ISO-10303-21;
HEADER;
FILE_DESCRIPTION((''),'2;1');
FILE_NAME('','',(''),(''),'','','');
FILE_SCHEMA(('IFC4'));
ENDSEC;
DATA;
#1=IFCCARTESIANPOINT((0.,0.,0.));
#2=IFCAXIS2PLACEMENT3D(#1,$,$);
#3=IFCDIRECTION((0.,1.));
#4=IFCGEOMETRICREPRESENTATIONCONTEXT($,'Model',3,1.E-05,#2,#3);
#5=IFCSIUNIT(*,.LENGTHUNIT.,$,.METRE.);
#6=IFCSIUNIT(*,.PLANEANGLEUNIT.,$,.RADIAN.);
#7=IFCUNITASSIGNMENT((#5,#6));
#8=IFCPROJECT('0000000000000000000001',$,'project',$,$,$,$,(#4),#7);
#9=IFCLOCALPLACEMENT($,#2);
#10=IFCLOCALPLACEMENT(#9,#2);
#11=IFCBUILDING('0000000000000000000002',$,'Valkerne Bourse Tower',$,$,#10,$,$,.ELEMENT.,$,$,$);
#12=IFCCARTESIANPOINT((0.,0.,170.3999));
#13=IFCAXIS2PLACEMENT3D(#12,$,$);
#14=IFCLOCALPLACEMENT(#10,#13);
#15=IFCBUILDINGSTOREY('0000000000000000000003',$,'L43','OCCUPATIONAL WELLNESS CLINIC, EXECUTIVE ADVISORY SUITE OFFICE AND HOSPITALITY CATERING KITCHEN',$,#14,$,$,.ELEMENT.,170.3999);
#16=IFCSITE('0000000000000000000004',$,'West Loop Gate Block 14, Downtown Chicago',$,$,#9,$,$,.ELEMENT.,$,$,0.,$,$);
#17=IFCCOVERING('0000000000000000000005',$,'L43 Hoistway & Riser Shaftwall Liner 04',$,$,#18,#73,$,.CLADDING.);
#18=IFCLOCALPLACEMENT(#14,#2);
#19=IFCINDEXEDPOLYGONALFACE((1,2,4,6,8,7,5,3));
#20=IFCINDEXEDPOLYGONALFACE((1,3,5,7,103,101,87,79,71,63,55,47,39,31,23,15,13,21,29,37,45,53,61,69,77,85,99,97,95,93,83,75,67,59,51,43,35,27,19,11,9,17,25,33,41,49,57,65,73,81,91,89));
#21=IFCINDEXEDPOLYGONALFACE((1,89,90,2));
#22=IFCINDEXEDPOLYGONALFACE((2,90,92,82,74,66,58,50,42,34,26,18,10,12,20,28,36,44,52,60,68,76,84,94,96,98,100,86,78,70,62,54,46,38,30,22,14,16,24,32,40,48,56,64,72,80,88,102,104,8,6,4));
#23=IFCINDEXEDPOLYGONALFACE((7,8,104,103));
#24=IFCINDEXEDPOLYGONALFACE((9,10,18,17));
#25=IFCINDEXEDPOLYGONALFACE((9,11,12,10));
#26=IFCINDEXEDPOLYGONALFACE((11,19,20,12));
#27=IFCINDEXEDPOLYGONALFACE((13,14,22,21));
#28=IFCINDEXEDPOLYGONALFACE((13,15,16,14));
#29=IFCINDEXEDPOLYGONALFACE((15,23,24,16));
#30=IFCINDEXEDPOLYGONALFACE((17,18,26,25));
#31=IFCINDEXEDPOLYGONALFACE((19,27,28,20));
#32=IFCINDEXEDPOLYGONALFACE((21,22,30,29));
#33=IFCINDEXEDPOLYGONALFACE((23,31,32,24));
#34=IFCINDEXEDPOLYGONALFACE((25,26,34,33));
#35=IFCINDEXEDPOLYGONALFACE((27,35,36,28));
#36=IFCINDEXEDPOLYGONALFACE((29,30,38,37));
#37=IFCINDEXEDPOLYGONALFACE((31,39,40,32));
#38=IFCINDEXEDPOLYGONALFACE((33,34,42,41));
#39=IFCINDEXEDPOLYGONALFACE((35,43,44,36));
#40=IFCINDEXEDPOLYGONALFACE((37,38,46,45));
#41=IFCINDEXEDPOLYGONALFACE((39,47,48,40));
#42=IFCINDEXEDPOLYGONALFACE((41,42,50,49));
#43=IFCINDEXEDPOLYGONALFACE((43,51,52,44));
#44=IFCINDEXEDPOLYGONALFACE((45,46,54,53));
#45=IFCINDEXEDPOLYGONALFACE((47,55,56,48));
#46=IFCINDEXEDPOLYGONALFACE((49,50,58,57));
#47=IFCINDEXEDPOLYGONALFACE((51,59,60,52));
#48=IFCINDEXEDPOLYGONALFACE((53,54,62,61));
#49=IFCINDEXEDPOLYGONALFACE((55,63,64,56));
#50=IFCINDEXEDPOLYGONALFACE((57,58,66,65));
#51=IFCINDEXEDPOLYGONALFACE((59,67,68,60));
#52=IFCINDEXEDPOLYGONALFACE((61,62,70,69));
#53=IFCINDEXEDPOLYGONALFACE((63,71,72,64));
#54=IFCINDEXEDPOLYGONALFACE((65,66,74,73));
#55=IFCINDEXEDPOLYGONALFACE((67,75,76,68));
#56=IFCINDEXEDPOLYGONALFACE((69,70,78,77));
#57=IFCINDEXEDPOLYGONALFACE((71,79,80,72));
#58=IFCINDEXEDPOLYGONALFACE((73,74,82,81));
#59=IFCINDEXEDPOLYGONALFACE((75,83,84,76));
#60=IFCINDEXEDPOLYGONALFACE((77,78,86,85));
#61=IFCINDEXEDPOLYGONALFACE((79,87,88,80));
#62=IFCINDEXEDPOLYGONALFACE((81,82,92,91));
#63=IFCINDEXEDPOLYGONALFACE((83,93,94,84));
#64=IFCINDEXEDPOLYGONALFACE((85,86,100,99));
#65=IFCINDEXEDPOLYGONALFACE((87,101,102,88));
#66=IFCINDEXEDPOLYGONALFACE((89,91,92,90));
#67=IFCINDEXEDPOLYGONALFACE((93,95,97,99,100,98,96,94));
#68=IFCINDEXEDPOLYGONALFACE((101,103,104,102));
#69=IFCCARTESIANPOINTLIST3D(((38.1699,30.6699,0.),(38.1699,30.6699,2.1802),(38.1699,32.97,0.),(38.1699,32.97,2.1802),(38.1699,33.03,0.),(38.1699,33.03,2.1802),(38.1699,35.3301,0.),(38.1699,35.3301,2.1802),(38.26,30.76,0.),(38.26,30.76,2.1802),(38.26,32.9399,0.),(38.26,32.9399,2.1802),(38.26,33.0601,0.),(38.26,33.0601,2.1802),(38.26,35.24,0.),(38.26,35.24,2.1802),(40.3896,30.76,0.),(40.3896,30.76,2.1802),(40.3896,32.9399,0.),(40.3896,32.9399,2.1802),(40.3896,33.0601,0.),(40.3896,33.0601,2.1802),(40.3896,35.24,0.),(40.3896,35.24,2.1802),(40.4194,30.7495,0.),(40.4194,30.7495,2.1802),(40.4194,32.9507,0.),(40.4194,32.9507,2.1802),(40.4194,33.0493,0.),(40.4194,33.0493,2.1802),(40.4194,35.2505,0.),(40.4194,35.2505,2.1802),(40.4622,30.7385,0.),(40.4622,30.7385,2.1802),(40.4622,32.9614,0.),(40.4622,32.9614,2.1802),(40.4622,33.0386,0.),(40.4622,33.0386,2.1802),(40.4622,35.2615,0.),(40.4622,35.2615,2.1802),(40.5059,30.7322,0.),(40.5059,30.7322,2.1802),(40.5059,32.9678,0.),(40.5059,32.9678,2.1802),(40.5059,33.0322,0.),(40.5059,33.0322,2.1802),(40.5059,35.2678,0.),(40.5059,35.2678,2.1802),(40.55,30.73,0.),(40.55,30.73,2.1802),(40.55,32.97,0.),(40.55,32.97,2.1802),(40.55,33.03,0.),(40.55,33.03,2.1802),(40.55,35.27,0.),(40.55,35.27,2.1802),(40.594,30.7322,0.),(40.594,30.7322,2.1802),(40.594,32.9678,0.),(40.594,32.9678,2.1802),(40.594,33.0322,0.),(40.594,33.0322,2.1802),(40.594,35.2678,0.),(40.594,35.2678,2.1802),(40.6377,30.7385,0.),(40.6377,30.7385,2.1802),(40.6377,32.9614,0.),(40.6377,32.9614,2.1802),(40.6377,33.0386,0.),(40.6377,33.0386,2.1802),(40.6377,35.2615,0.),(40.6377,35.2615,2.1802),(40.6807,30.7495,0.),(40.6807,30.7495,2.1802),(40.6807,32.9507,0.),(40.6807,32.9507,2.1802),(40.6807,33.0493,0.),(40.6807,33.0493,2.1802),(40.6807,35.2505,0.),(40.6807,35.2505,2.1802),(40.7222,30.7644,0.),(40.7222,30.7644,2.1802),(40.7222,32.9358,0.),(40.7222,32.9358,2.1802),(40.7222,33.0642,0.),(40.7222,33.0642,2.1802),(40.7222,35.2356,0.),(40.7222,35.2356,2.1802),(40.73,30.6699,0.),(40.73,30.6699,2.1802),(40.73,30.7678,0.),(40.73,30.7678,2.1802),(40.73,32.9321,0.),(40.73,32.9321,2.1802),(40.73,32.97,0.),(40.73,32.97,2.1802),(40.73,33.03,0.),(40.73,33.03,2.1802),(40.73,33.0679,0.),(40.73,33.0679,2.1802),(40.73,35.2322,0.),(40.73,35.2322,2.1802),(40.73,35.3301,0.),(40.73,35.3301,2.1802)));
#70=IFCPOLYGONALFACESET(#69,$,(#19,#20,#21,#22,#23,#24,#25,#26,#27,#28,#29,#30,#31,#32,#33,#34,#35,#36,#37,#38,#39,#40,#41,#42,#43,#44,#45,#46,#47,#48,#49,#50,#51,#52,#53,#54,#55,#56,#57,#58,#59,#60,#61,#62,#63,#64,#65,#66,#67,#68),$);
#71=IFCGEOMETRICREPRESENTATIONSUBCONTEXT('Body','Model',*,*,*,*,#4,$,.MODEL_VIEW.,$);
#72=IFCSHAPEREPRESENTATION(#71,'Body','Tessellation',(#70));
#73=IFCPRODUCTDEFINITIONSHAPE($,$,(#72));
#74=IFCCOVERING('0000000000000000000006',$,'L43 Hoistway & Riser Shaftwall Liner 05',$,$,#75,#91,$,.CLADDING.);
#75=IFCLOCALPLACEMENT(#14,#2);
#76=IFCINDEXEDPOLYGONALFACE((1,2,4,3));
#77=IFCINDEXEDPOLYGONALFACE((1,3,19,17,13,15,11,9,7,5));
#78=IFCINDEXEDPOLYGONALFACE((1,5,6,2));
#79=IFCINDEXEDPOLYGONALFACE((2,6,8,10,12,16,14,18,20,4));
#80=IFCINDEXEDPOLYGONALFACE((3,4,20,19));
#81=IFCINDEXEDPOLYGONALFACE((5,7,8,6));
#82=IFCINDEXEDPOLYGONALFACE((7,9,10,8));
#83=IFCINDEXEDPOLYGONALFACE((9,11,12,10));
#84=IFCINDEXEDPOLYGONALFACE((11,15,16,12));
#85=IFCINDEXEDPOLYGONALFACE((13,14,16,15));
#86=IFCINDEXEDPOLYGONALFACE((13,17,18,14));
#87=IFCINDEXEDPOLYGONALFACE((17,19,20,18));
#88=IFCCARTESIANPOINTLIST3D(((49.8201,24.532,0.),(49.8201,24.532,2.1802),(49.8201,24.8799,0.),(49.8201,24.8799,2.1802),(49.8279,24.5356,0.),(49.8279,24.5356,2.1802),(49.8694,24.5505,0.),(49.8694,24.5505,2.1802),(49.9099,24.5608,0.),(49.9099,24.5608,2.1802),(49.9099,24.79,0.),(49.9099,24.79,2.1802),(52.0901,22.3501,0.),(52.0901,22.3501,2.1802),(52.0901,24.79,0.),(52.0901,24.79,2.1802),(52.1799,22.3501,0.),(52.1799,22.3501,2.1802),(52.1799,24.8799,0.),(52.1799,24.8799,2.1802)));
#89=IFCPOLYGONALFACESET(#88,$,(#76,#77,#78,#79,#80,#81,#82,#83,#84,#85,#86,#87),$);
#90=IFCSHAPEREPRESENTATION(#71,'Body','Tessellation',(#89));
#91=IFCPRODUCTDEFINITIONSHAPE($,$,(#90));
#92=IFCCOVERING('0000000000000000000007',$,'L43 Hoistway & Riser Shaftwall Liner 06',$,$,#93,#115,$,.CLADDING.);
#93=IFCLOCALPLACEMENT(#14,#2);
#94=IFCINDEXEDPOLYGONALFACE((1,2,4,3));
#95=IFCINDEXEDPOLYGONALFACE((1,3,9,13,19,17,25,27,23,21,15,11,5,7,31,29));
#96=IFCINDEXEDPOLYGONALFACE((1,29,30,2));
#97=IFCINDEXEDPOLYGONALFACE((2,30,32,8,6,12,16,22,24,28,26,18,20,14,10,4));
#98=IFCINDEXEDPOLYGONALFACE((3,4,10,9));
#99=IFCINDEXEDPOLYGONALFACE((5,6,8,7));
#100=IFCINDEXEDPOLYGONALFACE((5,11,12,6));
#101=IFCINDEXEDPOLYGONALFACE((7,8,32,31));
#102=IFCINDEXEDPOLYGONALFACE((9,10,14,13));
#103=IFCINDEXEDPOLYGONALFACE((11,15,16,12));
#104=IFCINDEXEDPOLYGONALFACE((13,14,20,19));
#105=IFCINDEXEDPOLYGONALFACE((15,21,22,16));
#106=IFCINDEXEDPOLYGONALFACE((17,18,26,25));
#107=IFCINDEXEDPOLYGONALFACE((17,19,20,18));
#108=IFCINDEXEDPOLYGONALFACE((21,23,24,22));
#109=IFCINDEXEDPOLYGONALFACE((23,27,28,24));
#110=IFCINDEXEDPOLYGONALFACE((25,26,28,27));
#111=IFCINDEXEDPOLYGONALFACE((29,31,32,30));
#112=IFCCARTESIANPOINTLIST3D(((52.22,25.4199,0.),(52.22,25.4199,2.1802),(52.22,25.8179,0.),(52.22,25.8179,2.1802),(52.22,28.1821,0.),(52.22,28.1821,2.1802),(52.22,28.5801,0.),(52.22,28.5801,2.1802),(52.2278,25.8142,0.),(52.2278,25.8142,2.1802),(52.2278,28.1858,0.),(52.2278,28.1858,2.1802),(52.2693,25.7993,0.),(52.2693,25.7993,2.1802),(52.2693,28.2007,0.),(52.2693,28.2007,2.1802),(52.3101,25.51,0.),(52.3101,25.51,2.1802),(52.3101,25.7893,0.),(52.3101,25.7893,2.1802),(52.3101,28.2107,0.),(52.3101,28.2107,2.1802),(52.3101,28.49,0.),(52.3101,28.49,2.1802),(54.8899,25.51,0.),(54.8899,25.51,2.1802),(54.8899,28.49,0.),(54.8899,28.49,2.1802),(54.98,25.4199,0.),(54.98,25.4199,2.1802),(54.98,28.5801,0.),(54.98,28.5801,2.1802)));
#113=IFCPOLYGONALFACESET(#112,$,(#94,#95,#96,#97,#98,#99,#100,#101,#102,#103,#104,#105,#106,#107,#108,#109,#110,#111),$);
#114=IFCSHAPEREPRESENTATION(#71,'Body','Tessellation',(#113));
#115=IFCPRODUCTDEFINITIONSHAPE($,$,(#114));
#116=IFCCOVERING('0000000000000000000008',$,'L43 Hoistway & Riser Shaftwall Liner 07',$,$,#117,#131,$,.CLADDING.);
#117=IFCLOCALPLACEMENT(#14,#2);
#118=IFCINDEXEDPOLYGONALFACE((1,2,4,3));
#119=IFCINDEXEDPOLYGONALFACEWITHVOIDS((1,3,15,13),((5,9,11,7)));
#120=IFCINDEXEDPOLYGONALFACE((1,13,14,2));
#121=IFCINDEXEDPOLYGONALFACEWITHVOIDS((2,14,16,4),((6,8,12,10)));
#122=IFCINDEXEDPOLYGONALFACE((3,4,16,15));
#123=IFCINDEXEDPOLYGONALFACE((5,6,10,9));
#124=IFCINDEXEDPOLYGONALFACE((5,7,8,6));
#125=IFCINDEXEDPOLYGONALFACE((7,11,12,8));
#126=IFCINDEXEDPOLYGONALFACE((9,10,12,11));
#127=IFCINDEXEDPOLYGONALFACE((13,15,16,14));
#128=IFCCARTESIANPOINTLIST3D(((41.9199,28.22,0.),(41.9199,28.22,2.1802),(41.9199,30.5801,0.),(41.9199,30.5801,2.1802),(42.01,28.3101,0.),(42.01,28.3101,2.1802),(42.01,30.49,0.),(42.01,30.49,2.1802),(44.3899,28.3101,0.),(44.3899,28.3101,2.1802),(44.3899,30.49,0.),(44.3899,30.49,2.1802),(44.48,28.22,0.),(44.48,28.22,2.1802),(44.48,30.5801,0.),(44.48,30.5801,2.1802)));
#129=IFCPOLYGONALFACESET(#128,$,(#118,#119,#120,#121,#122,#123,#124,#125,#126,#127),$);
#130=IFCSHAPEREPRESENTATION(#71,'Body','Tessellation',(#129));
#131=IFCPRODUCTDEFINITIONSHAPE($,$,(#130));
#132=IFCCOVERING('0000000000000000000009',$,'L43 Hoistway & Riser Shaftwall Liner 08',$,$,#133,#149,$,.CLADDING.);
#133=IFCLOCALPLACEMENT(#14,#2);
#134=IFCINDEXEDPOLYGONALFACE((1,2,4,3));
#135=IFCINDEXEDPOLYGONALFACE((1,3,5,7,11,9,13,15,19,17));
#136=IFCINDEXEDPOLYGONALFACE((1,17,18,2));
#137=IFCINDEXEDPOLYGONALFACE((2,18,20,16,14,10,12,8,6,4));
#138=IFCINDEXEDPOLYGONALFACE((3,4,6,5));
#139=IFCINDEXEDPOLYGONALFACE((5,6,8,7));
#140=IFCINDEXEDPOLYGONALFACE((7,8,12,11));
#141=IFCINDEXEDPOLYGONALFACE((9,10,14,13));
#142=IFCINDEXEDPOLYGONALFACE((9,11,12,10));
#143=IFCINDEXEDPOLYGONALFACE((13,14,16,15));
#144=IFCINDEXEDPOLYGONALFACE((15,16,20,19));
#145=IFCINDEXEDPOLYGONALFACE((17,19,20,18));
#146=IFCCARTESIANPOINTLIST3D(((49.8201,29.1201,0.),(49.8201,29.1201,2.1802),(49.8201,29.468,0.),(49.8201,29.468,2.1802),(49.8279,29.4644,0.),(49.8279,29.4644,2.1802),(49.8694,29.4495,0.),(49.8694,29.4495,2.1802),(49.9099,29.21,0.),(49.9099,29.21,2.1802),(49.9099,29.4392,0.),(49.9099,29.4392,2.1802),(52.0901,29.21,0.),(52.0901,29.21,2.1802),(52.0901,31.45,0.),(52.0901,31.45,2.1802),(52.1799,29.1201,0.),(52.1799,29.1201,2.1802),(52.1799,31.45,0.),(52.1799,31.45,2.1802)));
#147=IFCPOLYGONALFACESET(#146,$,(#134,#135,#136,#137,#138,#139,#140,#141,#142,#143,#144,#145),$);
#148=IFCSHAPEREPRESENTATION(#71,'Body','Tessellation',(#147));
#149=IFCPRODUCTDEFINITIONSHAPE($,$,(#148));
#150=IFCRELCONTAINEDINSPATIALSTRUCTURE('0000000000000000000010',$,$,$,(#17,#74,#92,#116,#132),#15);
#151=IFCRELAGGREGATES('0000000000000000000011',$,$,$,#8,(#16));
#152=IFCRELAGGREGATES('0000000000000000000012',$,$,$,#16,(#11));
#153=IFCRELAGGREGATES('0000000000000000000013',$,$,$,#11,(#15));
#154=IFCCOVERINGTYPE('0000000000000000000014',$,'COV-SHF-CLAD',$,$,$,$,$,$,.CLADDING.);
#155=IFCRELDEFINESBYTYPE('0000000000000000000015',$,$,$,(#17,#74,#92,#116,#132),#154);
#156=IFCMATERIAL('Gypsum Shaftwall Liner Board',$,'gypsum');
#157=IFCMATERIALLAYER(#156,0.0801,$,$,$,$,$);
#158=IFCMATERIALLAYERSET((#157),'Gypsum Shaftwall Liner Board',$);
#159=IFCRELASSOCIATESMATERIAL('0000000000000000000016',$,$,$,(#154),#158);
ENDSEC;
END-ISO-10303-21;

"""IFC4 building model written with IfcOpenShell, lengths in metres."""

from ifc_helpers import new_model, si_unit, direction, frame, origin, place, context, subcontext, project, spatial, polyline, outline, extrude, material, layer, layer_set, type_object, element, save


model = new_model("IFC4")

# Units and contexts
model_context = context("Model", 3, precision=1e-05, world=origin(), true_north=direction((0.0, 1.0)))
body_context = subcontext(model_context, "Body", "Model", "MODEL_VIEW")
ifc_project = project(units=[si_unit("LENGTHUNIT", "METRE"), si_unit("PLANEANGLEUNIT", "RADIAN")], contexts=[model_context])

# Site, building, storey
site_placement = place(None, origin())
site = spatial("IfcSite", under=ifc_project, at=site_placement, Name="West Loop Gate Block 14, Downtown Chicago", CompositionType="ELEMENT", RefElevation=0.0)
building_placement = place(site_placement, origin())
building = spatial("IfcBuilding", under=site, at=building_placement, Name="Valkerne Bourse Tower", CompositionType="ELEMENT")
storey_placement = place(building_placement, frame((0.0, 0.0, 170.3999)))
storey = spatial("IfcBuildingStorey", under=building, at=storey_placement, Name="L43", Description="OCCUPATIONAL WELLNESS CLINIC, EXECUTIVE ADVISORY SUITE OFFICE AND HOSPITALITY CATERING KITCHEN", CompositionType="ELEMENT", Elevation=170.3999)

# Coverings
ifc_material_1 = material(Name="Gypsum Shaftwall Liner Board", Category="gypsum")
ifc_layer_1 = layer(ifc_material_1, 0.0801)
ifc_layer_set_1 = layer_set([ifc_layer_1], Name="Gypsum Shaftwall Liner Board")
covering_type_1 = type_object("IfcCoveringType", Name="COV-SHF-CLAD", PredefinedType="CLADDING", material=ifc_layer_set_1)
covering_1_placement = place(storey_placement, origin())
element("IfcCovering", 1, at=covering_1_placement, inside=storey, type_object=covering_type_1, Name="L43 Hoistway & Riser Shaftwall Liner 04", PredefinedType="CLADDING", context=body_context, shape_type="SweptSolid", body=[
    extrude(outline(polyline([(38.1699, 35.3301), (40.73, 35.3301), (40.73, 35.2322), (40.7222, 35.2356), (40.6807, 35.2505), (40.6377, 35.2615), (40.594, 35.2678), (40.55, 35.27), (40.5059, 35.2678), (40.4622, 35.2615), (40.4194, 35.2505), (40.3896, 35.24), (38.26, 35.24), (38.26, 33.0601), (40.3896, 33.0601), (40.4194, 33.0493), (40.4622, 33.0386), (40.5059, 33.0322), (40.55, 33.03), (40.594, 33.0322), (40.6377, 33.0386), (40.6807, 33.0493), (40.7222, 33.0642), (40.73, 33.0679), (40.73, 33.03), (40.73, 32.97), (40.73, 32.9321), (40.7222, 32.9358), (40.6807, 32.9507), (40.6377, 32.9614), (40.594, 32.9678), (40.55, 32.97), (40.5059, 32.9678), (40.4622, 32.9614), (40.4194, 32.9507), (40.3896, 32.9399), (38.26, 32.9399), (38.26, 30.76), (40.3896, 30.76), (40.4194, 30.7495), (40.4622, 30.7385), (40.5059, 30.7322), (40.55, 30.73), (40.594, 30.7322), (40.6377, 30.7385), (40.6807, 30.7495), (40.7222, 30.7644), (40.73, 30.7678), (40.73, 30.6699), (38.1699, 30.6699), (38.1699, 32.97), (38.1699, 33.03), (38.1699, 35.3301)])), origin(), (0.0, 0.0, 1.0), 2.1802),
])
covering_2_placement = place(storey_placement, origin())
element("IfcCovering", 2, at=covering_2_placement, inside=storey, type_object=covering_type_1, Name="L43 Hoistway & Riser Shaftwall Liner 05", PredefinedType="CLADDING", context=body_context, shape_type="SweptSolid", body=[
    extrude(outline(polyline([(52.1799, 22.3501), (52.0901, 22.3501), (52.0901, 24.79), (49.9099, 24.79), (49.9099, 24.5608), (49.8694, 24.5505), (49.8279, 24.5356), (49.8201, 24.532), (49.8201, 24.8799), (52.1799, 24.8799), (52.1799, 22.3501)])), origin(), (0.0, 0.0, 1.0), 2.1802),
])
covering_3_placement = place(storey_placement, origin())
element("IfcCovering", 3, at=covering_3_placement, inside=storey, type_object=covering_type_1, Name="L43 Hoistway & Riser Shaftwall Liner 06", PredefinedType="CLADDING", context=body_context, shape_type="SweptSolid", body=[
    extrude(outline(polyline([(54.98, 25.4199), (52.22, 25.4199), (52.22, 25.8179), (52.2278, 25.8142), (52.2693, 25.7993), (52.3101, 25.7893), (52.3101, 25.51), (54.8899, 25.51), (54.8899, 28.49), (52.3101, 28.49), (52.3101, 28.2107), (52.2693, 28.2007), (52.2278, 28.1858), (52.22, 28.1821), (52.22, 28.5801), (54.98, 28.5801), (54.98, 25.4199)])), origin(), (0.0, 0.0, 1.0), 2.1802),
])
covering_4_placement = place(storey_placement, origin())
element("IfcCovering", 4, at=covering_4_placement, inside=storey, type_object=covering_type_1, Name="L43 Hoistway & Riser Shaftwall Liner 07", PredefinedType="CLADDING", context=body_context, shape_type="SweptSolid", body=[
    extrude(outline(polyline([(44.48, 28.22), (41.9199, 28.22), (41.9199, 30.5801), (44.48, 30.5801), (44.48, 28.22)]), holes=[polyline([(42.01, 30.49), (42.01, 28.3101), (44.3899, 28.3101), (44.3899, 30.49), (42.01, 30.49)])]), origin(), (0.0, 0.0, 1.0), 2.1802),
])
covering_5_placement = place(storey_placement, origin())
element("IfcCovering", 5, at=covering_5_placement, inside=storey, type_object=covering_type_1, Name="L43 Hoistway & Riser Shaftwall Liner 08", PredefinedType="CLADDING", context=body_context, shape_type="SweptSolid", body=[
    extrude(outline(polyline([(49.8201, 29.1201), (49.8201, 29.468), (49.8279, 29.4644), (49.8694, 29.4495), (49.9099, 29.4392), (49.9099, 29.21), (52.0901, 29.21), (52.0901, 31.45), (52.1799, 31.45), (52.1799, 29.1201), (49.8201, 29.1201)])), origin(), (0.0, 0.0, 1.0), 2.1802),
])

save(model, "model.ifc")
